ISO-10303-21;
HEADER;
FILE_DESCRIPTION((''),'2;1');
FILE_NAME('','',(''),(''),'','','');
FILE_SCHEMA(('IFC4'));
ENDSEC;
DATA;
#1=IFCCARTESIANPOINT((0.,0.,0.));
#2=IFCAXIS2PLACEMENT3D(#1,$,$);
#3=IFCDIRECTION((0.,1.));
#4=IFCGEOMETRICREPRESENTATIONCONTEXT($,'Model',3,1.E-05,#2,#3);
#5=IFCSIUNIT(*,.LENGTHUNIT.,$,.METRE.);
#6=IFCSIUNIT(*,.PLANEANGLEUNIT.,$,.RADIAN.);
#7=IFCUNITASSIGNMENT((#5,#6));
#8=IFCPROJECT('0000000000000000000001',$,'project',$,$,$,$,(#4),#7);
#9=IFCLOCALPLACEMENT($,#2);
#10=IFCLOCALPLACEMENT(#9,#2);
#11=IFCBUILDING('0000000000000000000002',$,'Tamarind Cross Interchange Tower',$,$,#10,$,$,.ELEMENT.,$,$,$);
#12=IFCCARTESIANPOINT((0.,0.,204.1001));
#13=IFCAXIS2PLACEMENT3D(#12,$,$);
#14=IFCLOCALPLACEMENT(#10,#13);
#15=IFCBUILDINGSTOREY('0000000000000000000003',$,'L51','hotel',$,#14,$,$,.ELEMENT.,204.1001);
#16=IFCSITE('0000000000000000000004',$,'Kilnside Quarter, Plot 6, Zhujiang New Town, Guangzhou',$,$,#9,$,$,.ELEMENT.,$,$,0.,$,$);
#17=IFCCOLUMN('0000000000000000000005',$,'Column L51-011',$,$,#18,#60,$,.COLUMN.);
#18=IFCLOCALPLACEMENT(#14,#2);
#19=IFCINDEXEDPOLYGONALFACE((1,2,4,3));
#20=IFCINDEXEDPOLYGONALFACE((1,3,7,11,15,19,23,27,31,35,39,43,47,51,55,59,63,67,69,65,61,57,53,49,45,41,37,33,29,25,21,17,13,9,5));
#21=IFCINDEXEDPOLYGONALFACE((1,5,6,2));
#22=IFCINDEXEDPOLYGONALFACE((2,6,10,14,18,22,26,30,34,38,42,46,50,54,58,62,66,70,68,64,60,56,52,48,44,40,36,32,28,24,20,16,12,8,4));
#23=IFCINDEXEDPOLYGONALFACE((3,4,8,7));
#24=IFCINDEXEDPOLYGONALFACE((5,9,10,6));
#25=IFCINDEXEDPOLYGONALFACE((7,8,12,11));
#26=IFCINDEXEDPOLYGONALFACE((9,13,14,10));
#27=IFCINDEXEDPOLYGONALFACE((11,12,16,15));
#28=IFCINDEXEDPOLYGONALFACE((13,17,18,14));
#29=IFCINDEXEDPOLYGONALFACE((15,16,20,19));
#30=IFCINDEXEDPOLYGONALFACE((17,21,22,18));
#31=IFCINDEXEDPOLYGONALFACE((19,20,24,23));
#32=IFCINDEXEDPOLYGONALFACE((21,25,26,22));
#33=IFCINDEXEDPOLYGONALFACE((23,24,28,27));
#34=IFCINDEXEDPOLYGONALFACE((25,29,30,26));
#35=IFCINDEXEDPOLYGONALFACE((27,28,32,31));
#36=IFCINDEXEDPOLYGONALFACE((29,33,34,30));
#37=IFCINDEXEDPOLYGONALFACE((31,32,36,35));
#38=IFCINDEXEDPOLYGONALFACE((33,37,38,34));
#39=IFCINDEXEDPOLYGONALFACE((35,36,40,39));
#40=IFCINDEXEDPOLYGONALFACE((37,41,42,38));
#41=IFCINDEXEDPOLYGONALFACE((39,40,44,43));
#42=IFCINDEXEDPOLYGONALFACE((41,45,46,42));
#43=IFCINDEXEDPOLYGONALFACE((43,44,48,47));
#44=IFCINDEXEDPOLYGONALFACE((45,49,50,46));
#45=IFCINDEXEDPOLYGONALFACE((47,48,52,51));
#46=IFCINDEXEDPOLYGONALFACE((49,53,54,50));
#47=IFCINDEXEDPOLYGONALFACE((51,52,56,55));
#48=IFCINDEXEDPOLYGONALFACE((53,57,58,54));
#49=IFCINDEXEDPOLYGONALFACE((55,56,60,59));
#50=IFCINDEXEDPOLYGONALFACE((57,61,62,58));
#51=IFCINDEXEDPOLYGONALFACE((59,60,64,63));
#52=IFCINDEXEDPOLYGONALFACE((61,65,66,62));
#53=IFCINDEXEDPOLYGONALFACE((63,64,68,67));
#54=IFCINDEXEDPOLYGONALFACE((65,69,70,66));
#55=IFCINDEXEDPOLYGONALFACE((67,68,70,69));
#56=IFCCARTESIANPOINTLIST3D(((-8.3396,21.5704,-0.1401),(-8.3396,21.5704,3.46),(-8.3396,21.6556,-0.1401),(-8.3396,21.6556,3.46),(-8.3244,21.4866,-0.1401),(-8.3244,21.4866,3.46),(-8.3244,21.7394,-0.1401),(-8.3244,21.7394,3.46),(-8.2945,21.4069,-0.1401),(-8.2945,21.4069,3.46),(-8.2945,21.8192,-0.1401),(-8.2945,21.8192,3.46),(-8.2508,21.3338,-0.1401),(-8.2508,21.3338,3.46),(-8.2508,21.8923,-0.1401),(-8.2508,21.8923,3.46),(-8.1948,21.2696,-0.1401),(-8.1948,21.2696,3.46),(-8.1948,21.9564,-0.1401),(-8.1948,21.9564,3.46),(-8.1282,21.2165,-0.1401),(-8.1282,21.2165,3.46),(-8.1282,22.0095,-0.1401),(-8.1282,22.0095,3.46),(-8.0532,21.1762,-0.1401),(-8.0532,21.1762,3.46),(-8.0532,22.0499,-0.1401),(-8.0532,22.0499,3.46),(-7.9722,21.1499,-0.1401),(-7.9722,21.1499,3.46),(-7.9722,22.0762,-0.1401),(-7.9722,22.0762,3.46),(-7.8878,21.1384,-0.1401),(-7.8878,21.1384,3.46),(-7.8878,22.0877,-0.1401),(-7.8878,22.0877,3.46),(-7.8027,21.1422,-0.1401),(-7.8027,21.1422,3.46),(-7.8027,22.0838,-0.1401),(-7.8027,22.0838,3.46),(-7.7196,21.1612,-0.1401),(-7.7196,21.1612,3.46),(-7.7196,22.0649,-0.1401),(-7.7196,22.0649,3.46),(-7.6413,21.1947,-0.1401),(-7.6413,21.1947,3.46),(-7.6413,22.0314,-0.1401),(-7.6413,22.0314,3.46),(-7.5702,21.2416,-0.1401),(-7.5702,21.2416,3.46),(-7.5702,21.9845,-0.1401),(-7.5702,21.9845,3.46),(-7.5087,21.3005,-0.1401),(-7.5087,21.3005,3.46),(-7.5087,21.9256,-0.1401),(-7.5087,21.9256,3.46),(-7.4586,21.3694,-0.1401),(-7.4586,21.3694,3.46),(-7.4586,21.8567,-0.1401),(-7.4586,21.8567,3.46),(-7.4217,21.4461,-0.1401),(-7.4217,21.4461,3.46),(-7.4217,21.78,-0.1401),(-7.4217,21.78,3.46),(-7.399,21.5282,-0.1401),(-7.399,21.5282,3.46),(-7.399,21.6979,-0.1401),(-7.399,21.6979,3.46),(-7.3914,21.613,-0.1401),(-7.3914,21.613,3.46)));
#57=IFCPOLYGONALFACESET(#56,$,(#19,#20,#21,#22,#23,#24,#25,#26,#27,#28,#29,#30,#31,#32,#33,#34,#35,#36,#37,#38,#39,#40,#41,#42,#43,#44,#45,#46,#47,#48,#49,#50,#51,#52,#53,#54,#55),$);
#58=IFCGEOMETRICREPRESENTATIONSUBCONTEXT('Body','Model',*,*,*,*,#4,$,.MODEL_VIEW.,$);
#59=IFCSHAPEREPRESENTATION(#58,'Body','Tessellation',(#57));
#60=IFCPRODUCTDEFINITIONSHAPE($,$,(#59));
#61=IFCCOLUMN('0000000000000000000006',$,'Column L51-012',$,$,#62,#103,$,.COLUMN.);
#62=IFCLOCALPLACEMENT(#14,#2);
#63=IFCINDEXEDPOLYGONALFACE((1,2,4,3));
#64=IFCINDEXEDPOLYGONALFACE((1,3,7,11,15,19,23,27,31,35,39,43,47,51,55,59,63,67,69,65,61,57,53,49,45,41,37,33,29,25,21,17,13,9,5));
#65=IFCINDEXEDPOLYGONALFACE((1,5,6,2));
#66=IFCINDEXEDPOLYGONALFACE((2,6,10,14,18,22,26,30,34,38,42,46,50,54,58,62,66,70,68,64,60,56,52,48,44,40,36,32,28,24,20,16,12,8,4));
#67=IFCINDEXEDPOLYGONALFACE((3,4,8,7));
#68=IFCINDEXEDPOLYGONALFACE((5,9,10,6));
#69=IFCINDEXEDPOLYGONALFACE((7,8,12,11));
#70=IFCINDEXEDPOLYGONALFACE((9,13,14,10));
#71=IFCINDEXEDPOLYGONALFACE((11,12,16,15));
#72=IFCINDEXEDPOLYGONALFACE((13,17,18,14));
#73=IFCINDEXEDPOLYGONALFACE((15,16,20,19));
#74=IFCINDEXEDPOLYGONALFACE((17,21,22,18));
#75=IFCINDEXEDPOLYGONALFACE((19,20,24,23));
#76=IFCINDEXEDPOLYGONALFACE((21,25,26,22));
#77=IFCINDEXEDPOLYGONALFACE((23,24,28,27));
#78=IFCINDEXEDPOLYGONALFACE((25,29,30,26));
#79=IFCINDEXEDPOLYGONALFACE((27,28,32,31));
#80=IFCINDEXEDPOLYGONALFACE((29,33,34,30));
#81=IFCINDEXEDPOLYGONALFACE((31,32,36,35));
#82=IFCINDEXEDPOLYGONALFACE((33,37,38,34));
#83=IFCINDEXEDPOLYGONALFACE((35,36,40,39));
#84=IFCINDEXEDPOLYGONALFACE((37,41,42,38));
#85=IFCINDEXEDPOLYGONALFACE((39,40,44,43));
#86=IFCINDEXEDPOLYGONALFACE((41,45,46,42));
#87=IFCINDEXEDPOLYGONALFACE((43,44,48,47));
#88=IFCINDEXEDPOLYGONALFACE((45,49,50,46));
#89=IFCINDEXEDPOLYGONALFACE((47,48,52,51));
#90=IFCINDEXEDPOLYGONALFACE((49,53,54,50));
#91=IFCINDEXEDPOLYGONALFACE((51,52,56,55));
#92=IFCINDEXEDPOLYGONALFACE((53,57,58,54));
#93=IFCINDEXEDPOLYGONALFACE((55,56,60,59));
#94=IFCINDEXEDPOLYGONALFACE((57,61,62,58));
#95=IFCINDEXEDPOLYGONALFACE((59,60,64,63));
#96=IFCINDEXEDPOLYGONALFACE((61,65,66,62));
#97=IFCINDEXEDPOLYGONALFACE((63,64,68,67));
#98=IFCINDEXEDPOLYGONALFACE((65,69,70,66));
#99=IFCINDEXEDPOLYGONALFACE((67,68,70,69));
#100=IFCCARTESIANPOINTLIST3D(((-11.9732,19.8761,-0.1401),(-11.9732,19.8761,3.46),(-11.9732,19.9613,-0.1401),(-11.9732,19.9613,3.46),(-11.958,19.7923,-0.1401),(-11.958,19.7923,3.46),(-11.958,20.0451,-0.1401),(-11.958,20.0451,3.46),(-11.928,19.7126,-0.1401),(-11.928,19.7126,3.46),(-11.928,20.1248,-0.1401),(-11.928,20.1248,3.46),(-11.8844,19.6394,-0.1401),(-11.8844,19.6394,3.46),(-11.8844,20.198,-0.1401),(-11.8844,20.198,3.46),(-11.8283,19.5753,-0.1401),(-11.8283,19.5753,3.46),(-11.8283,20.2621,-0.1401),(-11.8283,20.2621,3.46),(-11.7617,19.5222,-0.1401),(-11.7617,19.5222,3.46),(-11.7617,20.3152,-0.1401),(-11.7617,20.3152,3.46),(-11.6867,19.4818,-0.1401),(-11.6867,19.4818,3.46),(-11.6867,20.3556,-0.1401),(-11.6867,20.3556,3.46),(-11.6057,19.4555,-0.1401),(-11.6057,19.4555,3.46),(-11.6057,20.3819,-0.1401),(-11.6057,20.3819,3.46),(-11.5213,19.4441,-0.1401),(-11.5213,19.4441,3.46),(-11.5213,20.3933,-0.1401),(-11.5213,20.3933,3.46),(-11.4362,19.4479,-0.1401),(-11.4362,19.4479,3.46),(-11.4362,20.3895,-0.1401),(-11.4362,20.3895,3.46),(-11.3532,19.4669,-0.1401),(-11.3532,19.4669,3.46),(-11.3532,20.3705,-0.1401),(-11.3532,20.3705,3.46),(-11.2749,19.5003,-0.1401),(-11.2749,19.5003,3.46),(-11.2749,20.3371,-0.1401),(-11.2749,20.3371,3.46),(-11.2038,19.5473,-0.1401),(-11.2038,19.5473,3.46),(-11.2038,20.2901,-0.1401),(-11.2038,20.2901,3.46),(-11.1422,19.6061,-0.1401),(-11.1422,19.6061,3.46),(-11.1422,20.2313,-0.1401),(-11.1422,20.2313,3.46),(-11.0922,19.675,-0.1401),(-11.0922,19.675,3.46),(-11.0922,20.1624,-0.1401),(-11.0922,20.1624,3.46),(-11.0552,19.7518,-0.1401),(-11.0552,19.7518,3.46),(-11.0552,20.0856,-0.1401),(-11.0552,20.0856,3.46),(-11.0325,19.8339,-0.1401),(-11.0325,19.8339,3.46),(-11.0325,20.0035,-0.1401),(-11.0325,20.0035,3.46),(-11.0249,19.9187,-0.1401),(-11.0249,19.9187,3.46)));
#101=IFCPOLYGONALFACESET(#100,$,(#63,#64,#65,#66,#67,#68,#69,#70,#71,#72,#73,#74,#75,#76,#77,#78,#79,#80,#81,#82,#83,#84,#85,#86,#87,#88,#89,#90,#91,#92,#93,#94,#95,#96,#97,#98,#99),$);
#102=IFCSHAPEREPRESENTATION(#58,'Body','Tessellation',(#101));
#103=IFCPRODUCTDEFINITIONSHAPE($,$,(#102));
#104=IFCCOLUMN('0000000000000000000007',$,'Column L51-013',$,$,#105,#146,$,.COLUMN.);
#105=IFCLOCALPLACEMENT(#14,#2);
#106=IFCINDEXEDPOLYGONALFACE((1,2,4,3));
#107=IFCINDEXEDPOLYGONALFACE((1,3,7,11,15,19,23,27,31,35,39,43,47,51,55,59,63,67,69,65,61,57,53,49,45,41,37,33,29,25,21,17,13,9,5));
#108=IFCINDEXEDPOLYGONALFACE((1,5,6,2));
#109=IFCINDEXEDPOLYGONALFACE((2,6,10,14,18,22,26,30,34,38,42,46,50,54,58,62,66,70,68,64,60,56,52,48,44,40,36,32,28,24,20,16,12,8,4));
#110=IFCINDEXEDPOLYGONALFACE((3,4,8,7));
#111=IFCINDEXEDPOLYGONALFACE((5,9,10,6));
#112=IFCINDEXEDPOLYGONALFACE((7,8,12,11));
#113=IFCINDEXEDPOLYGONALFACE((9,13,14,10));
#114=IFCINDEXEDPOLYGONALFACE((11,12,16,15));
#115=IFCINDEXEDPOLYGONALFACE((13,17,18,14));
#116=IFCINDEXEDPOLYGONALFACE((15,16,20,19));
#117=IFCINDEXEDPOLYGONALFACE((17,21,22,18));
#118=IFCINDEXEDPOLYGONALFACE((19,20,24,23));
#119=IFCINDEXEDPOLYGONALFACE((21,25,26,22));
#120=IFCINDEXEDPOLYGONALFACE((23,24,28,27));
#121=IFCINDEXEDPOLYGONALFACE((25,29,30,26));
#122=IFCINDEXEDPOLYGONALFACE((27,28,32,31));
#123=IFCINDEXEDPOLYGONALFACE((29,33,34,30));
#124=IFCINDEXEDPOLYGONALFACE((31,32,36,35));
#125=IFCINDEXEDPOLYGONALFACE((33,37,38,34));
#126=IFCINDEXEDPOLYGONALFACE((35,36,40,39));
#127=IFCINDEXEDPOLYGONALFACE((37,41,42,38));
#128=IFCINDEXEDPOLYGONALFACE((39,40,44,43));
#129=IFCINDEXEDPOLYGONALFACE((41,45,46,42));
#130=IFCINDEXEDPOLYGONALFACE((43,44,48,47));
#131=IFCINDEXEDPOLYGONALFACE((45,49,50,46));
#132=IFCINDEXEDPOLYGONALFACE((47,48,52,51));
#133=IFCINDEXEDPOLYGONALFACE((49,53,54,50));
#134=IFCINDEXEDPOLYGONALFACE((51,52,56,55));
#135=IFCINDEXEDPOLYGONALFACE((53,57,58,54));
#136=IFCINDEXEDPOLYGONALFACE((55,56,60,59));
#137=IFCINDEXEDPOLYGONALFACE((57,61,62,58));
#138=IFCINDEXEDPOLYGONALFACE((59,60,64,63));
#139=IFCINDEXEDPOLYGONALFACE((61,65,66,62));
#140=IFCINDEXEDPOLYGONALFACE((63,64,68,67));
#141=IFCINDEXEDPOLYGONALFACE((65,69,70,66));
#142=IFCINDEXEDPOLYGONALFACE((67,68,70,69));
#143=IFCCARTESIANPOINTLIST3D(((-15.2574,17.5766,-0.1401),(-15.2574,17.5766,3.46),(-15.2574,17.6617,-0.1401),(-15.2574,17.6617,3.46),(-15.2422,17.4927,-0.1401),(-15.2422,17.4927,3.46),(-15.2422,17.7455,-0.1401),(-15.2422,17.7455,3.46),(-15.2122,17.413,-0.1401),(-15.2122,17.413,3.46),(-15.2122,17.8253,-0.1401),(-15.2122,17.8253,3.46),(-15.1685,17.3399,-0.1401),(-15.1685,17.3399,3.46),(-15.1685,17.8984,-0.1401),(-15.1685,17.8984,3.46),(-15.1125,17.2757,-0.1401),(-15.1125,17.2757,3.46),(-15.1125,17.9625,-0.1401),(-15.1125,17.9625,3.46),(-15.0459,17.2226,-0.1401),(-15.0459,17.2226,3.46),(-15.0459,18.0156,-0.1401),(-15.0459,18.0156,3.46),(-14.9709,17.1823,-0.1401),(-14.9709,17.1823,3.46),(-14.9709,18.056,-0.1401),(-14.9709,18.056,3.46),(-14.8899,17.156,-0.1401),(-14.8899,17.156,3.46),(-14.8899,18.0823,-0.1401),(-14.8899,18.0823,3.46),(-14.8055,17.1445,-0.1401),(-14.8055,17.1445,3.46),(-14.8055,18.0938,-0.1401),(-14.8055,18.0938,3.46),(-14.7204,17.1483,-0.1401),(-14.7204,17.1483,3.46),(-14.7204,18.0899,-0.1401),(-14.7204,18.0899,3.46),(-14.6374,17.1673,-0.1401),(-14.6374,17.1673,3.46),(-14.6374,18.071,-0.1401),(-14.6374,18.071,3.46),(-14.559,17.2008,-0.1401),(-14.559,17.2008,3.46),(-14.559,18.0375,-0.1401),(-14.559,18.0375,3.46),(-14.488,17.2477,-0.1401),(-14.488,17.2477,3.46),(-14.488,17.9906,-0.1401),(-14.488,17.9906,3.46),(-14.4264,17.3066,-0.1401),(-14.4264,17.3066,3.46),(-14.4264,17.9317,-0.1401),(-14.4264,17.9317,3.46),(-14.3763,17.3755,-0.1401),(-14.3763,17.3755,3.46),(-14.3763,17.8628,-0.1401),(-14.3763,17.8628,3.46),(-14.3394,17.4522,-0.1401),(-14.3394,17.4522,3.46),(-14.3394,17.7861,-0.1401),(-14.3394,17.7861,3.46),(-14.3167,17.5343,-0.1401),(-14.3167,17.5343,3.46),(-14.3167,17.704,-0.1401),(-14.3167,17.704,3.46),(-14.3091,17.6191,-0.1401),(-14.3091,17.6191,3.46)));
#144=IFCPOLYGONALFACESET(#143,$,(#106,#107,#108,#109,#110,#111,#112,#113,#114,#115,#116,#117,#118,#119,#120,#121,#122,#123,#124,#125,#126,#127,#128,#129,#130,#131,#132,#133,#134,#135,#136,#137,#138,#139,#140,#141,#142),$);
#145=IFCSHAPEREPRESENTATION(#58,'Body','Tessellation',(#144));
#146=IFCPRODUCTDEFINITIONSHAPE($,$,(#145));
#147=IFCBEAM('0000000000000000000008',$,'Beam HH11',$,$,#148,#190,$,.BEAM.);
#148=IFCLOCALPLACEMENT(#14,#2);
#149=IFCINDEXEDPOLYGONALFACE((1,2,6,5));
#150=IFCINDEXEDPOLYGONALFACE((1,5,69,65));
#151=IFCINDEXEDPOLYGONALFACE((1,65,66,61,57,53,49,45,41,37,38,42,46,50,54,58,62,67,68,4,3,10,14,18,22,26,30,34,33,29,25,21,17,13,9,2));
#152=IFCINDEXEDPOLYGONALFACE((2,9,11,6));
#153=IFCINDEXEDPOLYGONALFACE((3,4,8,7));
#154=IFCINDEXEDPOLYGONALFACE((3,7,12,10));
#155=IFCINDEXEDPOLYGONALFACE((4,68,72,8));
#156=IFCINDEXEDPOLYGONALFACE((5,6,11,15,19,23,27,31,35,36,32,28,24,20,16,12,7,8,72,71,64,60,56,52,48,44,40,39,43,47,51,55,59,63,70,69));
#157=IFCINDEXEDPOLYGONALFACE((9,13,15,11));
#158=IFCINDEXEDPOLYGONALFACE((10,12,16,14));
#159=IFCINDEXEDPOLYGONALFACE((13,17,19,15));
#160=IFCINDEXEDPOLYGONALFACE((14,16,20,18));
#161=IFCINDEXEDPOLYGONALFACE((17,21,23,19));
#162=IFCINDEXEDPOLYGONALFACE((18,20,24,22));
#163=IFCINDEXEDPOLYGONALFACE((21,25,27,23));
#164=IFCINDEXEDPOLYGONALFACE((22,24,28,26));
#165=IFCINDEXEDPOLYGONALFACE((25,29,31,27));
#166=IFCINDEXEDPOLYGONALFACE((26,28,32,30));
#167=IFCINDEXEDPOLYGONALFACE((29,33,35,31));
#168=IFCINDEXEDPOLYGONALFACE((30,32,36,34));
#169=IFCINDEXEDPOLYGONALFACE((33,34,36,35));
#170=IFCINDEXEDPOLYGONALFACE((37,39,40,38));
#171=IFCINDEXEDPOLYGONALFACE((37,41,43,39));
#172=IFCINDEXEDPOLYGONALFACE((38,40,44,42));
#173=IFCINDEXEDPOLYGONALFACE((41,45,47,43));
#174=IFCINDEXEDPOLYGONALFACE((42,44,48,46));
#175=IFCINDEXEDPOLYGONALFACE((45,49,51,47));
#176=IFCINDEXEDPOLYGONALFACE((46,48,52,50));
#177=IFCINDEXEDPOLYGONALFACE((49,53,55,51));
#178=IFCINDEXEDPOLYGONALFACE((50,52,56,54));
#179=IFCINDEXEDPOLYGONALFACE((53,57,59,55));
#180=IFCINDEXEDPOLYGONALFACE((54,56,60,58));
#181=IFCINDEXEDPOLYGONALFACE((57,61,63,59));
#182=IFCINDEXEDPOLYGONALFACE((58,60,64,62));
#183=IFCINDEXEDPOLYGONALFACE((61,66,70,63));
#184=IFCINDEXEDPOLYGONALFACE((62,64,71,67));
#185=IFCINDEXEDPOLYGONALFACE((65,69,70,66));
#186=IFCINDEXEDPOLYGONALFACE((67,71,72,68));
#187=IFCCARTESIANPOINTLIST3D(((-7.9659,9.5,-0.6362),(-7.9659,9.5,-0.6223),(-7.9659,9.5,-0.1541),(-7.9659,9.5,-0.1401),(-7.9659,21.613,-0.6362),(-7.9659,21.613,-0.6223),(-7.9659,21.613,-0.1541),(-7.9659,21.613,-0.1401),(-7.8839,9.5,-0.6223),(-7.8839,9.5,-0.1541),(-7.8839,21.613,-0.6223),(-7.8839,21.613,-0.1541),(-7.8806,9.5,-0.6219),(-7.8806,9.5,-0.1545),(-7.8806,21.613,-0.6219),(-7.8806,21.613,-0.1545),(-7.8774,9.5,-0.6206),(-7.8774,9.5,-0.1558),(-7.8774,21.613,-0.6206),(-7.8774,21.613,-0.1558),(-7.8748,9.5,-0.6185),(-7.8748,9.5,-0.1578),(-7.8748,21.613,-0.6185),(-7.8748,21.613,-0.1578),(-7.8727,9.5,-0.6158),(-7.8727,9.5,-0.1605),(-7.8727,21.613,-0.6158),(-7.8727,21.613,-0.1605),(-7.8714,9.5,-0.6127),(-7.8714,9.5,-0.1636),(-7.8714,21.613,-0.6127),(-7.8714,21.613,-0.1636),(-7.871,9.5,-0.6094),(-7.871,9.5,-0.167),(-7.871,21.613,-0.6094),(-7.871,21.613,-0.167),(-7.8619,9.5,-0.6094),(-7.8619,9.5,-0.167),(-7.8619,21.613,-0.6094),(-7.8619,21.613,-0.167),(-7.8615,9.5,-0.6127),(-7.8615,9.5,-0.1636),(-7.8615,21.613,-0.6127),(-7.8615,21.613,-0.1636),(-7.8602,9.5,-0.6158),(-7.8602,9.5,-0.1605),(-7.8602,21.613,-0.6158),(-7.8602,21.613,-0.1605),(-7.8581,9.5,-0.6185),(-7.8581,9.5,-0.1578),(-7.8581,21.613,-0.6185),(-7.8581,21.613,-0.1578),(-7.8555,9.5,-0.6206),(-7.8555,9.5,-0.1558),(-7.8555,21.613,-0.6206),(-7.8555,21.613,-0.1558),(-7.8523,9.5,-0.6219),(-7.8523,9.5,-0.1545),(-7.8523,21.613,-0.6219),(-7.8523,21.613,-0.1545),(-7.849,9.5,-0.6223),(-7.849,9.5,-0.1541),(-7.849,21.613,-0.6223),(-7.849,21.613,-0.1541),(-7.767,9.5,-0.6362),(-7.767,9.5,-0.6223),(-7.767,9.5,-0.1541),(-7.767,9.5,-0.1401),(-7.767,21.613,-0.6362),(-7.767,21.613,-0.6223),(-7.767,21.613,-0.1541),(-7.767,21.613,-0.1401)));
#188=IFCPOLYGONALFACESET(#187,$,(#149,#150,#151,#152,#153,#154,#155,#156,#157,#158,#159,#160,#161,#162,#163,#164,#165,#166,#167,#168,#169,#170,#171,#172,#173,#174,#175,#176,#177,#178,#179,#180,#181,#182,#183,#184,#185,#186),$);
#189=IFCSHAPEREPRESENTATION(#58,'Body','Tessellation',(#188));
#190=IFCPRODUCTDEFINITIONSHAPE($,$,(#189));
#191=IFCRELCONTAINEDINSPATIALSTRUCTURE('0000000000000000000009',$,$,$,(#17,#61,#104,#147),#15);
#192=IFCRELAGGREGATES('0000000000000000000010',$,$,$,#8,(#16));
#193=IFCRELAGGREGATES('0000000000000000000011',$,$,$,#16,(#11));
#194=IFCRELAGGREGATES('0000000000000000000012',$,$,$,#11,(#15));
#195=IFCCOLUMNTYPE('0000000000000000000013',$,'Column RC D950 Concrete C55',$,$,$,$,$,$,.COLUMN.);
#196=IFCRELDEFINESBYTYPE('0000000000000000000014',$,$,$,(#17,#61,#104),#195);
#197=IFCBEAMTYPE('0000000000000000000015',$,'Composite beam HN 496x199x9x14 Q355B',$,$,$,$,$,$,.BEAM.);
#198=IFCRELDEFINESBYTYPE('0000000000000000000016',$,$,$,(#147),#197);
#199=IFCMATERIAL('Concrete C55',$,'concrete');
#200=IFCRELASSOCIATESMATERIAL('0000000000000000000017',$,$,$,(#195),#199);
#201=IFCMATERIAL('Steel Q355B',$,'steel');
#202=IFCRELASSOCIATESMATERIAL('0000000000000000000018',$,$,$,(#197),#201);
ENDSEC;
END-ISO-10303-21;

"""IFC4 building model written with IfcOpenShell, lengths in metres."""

from ifc_helpers import new_model, si_unit, direction, frame, origin, origin_2d, place, context, subcontext, project, spatial, circle, i_section, extrude, material, material_profile, profile_set, type_object, element, save


model = new_model("IFC4")

# Units and contexts
model_context = context("Model", 3, precision=1e-05, world=origin(), true_north=direction((0.0, 1.0)))
body_context = subcontext(model_context, "Body", "Model", "MODEL_VIEW")
ifc_project = project(units=[si_unit("LENGTHUNIT", "METRE"), si_unit("PLANEANGLEUNIT", "RADIAN")], contexts=[model_context])

# Site, building, storey
site_placement = place(None, origin())
site = spatial("IfcSite", under=ifc_project, at=site_placement, Name="Kilnside Quarter, Plot 6, Zhujiang New Town, Guangzhou", CompositionType="ELEMENT", RefElevation=0.0)
building_placement = place(site_placement, origin())
building = spatial("IfcBuilding", under=site, at=building_placement, Name="Tamarind Cross Interchange Tower", CompositionType="ELEMENT")
storey_placement = place(building_placement, frame((0.0, 0.0, 204.1001)))
storey = spatial("IfcBuildingStorey", under=building, at=storey_placement, Name="L51", Description="hotel", CompositionType="ELEMENT", Elevation=204.1001)

# Columns
ifc_material_1 = material(Name="Concrete C55", Category="concrete")
ifc_material_profile_1 = material_profile(ifc_material_1, circle(Radius=0.4751, at=origin_2d()), Name="RC D950")
ifc_profile_set_1 = profile_set([ifc_material_profile_1], Name="Concrete C55")
column_type = type_object("IfcColumnType", Name="Column RC D950 Concrete C55", PredefinedType="COLUMN", material=ifc_profile_set_1)
for number, where, z_axis, x_axis, name in (
    (1, (-7.8665, 21.613, -0.1401), (0.0, 0.0, 1.0), (1.0, 0.0, 0.0), "Column L51-011"),
    (2, (-11.5, 19.9187, -0.1401), (0.0, 0.0, 1.0), (1.0, 0.0, 0.0), "Column L51-012"),
    (3, (-14.7842, 17.6191, -0.1401), (0.0, 0.0, 1.0), (1.0, 0.0, 0.0), "Column L51-013"),
):
    element("IfcColumn", number, at=place(storey_placement, frame(where, z_axis=z_axis, x_axis=x_axis)), inside=storey, type_object=column_type, Name=name, PredefinedType="COLUMN", context=body_context, shape_type="SweptSolid", body=[
        extrude(circle(Radius=0.4751, at=origin_2d()), origin(), (0.0, 0.0, 1.0), 3.6001),
    ])

# Beam
ifc_material_2 = material(Name="Steel Q355B", Category="steel")
ifc_material_profile_2 = material_profile(ifc_material_2, i_section(OverallWidth=0.199, OverallDepth=0.4961, WebThickness=0.009, FlangeThickness=0.0139, FilletRadius=0.0129, at=origin_2d()), Name="HN 496x199x9x14")
ifc_profile_set_2 = profile_set([ifc_material_profile_2], Name="Steel Q355B")
beam_type = type_object("IfcBeamType", Name="Composite beam HN 496x199x9x14 Q355B", PredefinedType="BEAM", material=ifc_profile_set_2)
beam_1_placement = place(storey_placement, frame((-7.8665, 21.613, -0.3882), z_axis=(0.0, -1.0, 0.0), x_axis=(1.0, 0.0, 0.0)))
element("IfcBeam", 4, at=beam_1_placement, inside=storey, type_object=beam_type, Name="Beam HH11", PredefinedType="BEAM", context=body_context, shape_type="SweptSolid", body=[
    extrude(i_section(OverallWidth=0.199, OverallDepth=0.4961, WebThickness=0.009, FlangeThickness=0.0139, FilletRadius=0.0129, at=origin_2d()), origin(), (0.0, 0.0, 1.0), 12.113),
])

save(model, "model.ifc")
